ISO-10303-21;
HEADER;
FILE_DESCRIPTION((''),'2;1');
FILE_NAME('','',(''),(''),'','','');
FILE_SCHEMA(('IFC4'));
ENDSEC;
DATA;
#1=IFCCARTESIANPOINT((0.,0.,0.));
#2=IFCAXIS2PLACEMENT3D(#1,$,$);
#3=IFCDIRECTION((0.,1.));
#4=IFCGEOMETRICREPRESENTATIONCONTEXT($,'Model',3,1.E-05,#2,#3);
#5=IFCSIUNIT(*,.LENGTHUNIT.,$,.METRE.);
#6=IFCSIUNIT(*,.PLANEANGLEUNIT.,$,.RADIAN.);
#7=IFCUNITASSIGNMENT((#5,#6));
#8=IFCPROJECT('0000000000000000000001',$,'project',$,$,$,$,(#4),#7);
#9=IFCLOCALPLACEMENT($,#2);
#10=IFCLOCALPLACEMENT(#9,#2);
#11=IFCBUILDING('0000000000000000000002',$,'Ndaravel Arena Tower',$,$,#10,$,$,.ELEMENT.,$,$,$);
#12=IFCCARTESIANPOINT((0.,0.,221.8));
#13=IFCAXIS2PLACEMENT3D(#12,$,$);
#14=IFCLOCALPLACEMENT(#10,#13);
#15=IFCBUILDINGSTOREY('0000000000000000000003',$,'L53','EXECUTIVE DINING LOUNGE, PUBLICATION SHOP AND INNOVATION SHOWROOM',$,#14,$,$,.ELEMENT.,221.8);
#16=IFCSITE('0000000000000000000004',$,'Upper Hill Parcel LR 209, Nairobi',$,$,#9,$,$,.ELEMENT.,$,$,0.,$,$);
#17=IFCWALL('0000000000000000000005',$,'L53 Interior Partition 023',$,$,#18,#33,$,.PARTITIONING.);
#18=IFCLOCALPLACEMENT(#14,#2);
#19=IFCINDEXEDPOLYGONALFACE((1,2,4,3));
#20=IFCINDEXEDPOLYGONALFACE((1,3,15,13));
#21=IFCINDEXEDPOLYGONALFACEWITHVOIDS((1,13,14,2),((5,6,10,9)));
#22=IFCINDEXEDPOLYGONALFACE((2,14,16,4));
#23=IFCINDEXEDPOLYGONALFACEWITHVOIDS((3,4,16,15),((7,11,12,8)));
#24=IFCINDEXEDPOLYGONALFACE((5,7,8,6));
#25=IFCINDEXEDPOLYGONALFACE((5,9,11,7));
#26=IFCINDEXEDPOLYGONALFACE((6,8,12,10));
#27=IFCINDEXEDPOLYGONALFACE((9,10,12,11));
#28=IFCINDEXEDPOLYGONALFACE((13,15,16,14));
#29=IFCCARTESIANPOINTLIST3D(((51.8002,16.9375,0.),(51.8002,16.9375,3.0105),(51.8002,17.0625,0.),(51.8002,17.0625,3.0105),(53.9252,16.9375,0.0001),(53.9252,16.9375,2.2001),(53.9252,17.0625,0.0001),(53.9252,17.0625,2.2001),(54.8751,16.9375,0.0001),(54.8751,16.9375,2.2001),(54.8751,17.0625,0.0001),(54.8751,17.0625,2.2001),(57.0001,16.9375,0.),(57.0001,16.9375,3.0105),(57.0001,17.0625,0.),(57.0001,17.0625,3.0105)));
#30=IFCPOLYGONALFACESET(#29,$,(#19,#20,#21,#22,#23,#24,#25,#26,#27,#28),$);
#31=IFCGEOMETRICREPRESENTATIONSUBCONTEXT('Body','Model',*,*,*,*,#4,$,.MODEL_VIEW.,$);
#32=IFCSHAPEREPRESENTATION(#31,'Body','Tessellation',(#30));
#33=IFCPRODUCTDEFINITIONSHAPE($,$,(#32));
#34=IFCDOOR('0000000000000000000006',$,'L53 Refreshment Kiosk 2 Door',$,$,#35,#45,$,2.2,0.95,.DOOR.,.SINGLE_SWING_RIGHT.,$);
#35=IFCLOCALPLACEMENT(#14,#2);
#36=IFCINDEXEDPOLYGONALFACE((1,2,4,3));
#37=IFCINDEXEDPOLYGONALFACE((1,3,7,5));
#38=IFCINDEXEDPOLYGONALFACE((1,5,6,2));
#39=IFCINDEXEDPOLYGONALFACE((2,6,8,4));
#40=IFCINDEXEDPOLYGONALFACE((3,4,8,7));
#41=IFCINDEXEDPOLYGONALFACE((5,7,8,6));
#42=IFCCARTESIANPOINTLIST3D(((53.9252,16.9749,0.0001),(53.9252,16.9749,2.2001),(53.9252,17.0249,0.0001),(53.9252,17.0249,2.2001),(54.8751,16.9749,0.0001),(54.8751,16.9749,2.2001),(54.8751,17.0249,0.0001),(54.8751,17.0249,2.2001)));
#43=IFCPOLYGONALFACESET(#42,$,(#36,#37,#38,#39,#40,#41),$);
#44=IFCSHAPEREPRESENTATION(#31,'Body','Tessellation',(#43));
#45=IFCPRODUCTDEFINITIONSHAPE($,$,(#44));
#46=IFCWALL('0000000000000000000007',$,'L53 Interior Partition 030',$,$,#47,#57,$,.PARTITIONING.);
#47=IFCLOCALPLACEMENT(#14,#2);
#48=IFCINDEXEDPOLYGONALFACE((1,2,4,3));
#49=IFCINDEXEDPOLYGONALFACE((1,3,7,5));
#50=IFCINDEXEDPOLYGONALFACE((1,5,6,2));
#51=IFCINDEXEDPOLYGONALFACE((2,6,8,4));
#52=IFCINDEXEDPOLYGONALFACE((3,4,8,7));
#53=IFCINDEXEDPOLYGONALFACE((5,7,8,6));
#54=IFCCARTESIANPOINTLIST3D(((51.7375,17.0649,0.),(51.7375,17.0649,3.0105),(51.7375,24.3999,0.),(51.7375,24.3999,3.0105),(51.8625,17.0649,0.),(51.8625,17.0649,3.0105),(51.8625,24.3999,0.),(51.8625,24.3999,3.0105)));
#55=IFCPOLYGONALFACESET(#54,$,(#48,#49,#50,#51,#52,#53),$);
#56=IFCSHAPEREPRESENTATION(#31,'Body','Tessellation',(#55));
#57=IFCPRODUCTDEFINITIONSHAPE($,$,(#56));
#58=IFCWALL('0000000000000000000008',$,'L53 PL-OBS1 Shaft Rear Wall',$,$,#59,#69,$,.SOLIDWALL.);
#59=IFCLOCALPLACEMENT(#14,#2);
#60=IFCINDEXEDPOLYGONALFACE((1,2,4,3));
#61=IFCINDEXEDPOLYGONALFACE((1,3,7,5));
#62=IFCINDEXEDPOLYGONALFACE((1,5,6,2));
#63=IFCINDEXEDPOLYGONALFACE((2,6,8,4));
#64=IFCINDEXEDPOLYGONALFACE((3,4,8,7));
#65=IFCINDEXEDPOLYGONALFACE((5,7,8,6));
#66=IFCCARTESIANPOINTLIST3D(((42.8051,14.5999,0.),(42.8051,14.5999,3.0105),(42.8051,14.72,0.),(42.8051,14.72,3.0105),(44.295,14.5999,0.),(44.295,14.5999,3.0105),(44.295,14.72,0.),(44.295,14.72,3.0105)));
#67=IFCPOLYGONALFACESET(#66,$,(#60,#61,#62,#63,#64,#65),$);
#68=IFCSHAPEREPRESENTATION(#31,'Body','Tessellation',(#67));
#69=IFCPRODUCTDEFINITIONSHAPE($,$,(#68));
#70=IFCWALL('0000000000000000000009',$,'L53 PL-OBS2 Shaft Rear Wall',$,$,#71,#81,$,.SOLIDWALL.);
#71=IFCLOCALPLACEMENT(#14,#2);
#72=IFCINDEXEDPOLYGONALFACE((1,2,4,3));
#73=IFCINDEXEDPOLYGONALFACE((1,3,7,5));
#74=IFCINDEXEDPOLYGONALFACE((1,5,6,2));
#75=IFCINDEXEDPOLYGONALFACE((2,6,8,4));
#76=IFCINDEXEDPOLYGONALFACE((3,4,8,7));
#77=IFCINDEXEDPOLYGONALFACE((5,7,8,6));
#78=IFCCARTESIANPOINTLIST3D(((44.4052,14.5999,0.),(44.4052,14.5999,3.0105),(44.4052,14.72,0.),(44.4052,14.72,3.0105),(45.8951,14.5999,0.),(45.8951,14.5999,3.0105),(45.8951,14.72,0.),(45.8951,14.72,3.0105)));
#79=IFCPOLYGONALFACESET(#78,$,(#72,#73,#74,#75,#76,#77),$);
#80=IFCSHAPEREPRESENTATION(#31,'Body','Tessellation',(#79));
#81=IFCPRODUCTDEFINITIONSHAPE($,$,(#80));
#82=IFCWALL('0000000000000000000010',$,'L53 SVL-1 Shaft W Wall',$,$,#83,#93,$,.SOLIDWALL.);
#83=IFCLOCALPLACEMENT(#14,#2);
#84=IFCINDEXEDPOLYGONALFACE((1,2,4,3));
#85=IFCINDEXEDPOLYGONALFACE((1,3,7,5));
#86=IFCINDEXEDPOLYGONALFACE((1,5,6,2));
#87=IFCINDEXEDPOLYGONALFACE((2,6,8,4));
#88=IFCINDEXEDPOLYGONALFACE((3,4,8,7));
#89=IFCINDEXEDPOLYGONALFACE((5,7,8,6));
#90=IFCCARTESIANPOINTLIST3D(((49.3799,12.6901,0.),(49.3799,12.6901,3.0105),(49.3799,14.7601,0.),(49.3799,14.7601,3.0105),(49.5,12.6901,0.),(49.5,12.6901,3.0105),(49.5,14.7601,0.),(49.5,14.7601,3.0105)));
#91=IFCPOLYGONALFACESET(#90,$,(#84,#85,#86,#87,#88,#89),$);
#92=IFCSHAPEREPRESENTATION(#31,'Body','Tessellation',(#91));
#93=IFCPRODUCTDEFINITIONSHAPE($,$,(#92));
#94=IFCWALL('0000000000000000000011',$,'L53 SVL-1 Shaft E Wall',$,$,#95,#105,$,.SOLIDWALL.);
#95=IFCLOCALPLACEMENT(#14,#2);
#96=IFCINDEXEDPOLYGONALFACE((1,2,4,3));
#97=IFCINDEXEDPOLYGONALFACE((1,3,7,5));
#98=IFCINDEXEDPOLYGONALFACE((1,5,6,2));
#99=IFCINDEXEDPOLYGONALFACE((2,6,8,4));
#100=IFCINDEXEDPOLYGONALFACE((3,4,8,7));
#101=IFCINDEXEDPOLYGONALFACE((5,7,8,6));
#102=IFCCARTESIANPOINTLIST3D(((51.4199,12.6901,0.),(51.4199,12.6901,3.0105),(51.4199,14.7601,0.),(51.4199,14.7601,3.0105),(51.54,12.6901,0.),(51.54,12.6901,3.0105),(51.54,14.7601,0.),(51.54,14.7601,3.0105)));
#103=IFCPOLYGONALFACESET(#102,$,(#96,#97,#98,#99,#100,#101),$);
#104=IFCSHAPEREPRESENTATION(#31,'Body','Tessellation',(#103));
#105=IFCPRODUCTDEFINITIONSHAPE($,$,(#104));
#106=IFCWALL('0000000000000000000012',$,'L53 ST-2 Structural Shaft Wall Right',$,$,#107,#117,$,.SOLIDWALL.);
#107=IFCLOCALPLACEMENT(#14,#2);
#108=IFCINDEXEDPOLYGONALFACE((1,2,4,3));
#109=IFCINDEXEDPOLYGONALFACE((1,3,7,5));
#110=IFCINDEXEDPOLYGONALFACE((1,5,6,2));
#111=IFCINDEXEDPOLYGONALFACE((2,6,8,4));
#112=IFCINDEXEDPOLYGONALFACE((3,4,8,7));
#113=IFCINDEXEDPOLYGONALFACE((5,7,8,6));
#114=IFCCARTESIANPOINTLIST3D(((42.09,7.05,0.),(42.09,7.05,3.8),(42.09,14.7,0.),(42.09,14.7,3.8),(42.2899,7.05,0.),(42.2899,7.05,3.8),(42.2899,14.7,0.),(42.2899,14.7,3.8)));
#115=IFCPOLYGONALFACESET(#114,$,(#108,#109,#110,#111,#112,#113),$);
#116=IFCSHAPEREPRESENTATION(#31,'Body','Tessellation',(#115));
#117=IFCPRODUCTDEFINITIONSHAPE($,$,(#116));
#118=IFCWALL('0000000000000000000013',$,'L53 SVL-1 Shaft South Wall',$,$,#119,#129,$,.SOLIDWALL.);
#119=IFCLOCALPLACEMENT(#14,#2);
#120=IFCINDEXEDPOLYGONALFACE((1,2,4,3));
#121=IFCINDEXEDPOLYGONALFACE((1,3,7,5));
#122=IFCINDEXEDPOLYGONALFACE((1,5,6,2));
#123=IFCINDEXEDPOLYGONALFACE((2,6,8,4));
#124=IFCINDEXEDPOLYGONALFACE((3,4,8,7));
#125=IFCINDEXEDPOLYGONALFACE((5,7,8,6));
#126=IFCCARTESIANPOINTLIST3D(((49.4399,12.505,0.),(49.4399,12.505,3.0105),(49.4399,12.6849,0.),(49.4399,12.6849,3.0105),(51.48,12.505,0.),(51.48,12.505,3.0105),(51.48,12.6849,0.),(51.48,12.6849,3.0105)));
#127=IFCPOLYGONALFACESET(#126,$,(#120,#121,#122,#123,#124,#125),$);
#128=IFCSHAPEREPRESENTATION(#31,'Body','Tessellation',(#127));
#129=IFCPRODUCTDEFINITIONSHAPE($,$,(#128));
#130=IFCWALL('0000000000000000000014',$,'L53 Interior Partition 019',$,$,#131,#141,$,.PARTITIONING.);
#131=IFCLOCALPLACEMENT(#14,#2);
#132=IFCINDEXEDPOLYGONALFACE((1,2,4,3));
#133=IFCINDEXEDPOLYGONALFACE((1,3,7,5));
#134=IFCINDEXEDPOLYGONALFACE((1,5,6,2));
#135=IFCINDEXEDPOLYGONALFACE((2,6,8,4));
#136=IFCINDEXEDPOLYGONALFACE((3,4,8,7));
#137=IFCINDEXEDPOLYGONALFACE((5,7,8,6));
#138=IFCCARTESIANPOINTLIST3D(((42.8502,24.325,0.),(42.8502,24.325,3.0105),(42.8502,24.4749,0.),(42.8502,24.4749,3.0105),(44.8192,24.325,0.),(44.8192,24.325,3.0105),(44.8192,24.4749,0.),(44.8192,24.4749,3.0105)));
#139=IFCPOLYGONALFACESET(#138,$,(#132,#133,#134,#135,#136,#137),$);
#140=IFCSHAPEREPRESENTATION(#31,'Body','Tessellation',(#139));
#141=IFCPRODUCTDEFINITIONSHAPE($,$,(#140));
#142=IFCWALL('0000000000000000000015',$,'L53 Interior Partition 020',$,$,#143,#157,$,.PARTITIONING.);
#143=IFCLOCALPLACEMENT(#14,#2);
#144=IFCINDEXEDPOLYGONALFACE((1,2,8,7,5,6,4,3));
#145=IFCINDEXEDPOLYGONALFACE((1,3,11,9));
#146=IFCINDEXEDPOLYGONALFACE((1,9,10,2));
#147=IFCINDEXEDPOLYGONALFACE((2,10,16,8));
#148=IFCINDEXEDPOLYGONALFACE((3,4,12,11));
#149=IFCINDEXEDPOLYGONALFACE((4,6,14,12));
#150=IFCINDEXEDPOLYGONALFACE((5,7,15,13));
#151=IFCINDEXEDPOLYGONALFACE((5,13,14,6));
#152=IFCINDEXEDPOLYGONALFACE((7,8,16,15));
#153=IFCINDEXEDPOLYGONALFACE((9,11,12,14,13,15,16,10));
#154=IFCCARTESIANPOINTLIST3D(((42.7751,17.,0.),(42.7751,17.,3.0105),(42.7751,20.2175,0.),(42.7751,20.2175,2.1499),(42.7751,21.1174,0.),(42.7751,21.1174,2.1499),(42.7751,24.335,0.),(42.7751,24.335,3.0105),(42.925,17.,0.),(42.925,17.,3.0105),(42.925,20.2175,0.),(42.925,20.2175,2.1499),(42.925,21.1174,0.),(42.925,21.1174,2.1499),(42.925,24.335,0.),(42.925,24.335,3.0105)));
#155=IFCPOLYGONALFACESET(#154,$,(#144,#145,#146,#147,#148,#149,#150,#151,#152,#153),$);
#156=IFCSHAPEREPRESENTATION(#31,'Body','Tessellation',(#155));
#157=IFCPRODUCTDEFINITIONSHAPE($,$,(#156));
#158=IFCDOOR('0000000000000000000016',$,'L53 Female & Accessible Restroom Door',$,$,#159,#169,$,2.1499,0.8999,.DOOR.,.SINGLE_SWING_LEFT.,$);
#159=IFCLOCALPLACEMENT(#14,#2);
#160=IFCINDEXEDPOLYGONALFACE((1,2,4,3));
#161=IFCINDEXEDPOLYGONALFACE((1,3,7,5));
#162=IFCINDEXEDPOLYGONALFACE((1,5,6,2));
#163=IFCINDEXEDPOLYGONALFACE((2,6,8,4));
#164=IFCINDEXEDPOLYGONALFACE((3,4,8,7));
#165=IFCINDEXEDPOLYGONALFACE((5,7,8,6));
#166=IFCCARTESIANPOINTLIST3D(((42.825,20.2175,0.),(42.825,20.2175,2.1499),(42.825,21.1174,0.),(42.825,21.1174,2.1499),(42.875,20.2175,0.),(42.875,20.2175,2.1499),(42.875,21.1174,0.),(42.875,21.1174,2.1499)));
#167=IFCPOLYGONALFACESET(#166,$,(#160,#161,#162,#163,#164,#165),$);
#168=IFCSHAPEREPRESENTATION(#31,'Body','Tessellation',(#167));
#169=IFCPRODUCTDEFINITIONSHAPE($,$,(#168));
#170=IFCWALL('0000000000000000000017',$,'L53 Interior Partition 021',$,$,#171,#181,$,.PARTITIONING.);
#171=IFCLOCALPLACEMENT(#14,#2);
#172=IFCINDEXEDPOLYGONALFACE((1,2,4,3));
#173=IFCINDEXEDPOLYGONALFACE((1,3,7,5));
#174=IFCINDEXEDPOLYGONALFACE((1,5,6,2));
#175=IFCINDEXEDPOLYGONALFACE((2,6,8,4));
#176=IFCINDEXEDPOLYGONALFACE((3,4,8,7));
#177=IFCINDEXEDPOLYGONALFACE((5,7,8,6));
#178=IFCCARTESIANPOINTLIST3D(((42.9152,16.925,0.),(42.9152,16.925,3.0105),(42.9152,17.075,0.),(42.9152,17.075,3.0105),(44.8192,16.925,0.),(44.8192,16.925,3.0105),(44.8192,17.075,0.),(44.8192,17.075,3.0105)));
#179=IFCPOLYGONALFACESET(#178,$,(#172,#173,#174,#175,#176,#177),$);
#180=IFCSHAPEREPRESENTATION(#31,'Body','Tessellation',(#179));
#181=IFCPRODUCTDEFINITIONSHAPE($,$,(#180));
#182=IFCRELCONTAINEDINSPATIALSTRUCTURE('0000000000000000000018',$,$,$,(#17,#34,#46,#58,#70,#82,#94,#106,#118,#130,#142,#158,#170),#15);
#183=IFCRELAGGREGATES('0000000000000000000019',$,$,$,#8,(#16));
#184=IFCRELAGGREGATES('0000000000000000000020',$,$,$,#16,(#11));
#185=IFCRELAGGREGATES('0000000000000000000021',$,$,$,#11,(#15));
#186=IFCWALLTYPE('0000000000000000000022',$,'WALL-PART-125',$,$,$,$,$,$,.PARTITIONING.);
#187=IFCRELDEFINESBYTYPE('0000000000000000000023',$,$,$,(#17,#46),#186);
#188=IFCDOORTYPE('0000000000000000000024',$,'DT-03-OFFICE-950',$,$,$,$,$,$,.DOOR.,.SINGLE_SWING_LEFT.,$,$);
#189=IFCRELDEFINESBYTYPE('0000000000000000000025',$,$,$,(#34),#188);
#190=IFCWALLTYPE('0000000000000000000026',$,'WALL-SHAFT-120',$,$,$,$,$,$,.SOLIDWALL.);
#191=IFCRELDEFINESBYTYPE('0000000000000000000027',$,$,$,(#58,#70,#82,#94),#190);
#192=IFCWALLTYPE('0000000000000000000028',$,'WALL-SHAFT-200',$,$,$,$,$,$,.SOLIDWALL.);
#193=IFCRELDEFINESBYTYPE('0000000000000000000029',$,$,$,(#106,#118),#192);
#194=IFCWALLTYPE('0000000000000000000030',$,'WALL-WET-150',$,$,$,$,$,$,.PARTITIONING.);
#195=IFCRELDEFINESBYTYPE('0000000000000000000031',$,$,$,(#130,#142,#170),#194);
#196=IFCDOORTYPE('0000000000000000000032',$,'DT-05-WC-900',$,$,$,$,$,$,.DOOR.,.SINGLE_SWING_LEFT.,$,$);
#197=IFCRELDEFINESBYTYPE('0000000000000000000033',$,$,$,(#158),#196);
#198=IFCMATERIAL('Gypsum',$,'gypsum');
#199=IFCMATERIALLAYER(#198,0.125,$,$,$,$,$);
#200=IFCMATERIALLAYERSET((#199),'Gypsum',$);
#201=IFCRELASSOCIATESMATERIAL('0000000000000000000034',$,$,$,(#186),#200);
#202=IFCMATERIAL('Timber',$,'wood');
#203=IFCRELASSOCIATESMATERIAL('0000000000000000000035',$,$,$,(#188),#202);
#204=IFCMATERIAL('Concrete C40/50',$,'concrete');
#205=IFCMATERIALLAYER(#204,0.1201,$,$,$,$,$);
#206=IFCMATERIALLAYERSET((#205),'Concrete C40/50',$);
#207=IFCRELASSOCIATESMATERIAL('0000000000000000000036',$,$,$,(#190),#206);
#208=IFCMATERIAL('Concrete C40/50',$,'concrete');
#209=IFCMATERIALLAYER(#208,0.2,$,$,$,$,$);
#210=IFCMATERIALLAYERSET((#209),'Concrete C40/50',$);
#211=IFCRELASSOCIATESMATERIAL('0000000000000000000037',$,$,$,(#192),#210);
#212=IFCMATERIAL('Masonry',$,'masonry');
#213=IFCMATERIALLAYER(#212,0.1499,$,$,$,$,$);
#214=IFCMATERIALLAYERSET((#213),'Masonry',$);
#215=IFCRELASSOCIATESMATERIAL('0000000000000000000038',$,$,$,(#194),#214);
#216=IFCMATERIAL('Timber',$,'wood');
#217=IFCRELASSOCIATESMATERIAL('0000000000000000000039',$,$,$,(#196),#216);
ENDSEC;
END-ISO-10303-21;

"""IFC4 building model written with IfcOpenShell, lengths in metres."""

from ifc_helpers import new_model, si_unit, direction, frame, frame_2d, origin, place, context, subcontext, project, spatial, rectangle, extrude, material, layer, layer_set, type_object, element, fill, save


model = new_model("IFC4")

# Units and contexts
model_context = context("Model", 3, precision=1e-05, world=origin(), true_north=direction((0.0, 1.0)))
body_context = subcontext(model_context, "Body", "Model", "MODEL_VIEW")
ifc_project = project(units=[si_unit("LENGTHUNIT", "METRE"), si_unit("PLANEANGLEUNIT", "RADIAN")], contexts=[model_context])

# Site, building, storey
site_placement = place(None, origin())
site = spatial("IfcSite", under=ifc_project, at=site_placement, Name="Upper Hill Parcel LR 209, Nairobi", CompositionType="ELEMENT", RefElevation=0.0)
building_placement = place(site_placement, origin())
building = spatial("IfcBuilding", under=site, at=building_placement, Name="Ndaravel Arena Tower", CompositionType="ELEMENT")
storey_placement = place(building_placement, frame((0.0, 0.0, 221.8)))
storey = spatial("IfcBuildingStorey", under=building, at=storey_placement, Name="L53", Description="EXECUTIVE DINING LOUNGE, PUBLICATION SHOP AND INNOVATION SHOWROOM", CompositionType="ELEMENT", Elevation=221.8)

# Shared definitions
ifc_material_1 = material(Name="Gypsum", Category="gypsum")
ifc_layer_1 = layer(ifc_material_1, 0.125)
ifc_layer_set_1 = layer_set([ifc_layer_1], Name="Gypsum")
wall_type_1 = type_object("IfcWallType", Name="WALL-PART-125", PredefinedType="PARTITIONING", material=ifc_layer_set_1)

# Wall, opening, door
ifc_material_2 = material(Name="Timber", Category="wood")
door_type_1 = type_object("IfcDoorType", Name="DT-03-OFFICE-950", OperationType="SINGLE_SWING_LEFT", PredefinedType="DOOR", material=ifc_material_2)
wall_1_placement = place(storey_placement, frame((51.8, 17.0, 0.0), z_axis=(0.0, 0.0, 1.0), x_axis=(1.0, 0.0, 0.0)))
wall_1 = element("IfcWall", 1, at=wall_1_placement, inside=storey, type_object=wall_type_1, Name="L53 Interior Partition 023", PredefinedType="PARTITIONING", context=body_context, shape_type="SweptSolid", body=[
    extrude(rectangle(XDim=5.2, YDim=0.125, at=frame_2d((2.6001, 0.0))), origin(), (0.0, 0.0, 1.0), 3.0105),
])
opening_1_placement = place(wall_1_placement, frame((2.125, 0.0, 0.0)))
opening_1 = element("IfcOpeningElement", 2, at=opening_1_placement, cuts=wall_1, PredefinedType="OPENING", context=body_context, shape_type="SweptSolid", body=[
    extrude(rectangle(XDim=0.95, YDim=2.2, at=frame_2d((0.4751, 1.1001))), frame((0.0, 0.0625, 0.0), z_axis=(0.0, -1.0, 0.0), x_axis=(1.0, 0.0, 0.0)), (0.0, 0.0, 1.0), 0.125),
])
door_1_placement = place(opening_1_placement, origin())
door_1 = element("IfcDoor", 3, at=door_1_placement, inside=storey, type_object=door_type_1, Name="L53 Refreshment Kiosk 2 Door", OperationType="SINGLE_SWING_RIGHT", OverallHeight=2.2, OverallWidth=0.95, PredefinedType="DOOR", context=body_context, shape_type="SweptSolid", body=[
    extrude(rectangle(XDim=0.95, YDim=2.2, at=frame_2d((0.4751, 1.1001))), frame((0.0, 0.0249, 0.0), z_axis=(0.0, -1.0, 0.0), x_axis=(1.0, 0.0, 0.0)), (0.0, 0.0, 1.0), 0.05),
])
fill(opening_1, door_1)

# Walls
wall_2_placement = place(storey_placement, frame((51.8, 24.3999, 0.0), z_axis=(0.0, 0.0, 1.0), x_axis=(0.0, -1.0, 0.0)))
element("IfcWall", 4, at=wall_2_placement, inside=storey, type_object=wall_type_1, Name="L53 Interior Partition 030", PredefinedType="PARTITIONING", context=body_context, shape_type="SweptSolid", body=[
    extrude(rectangle(XDim=7.335, YDim=0.125, at=frame_2d((3.6675, 0.0))), origin(), (0.0, 0.0, 1.0), 3.0105),
])
ifc_material_3 = material(Name="Concrete C40/50", Category="concrete")
ifc_layer_2 = layer(ifc_material_3, 0.1201)
ifc_layer_set_2 = layer_set([ifc_layer_2], Name="Concrete C40/50")
wall_type_2 = type_object("IfcWallType", Name="WALL-SHAFT-120", PredefinedType="SOLIDWALL", material=ifc_layer_set_2)
for number, where, z_axis, x_axis, name in (
    (5, (42.8049, 14.6599, 0.0), (0.0, 0.0, 1.0), (1.0, 0.0, 0.0), "L53 PL-OBS1 Shaft Rear Wall"),
    (6, (44.405, 14.6599, 0.0), (0.0, 0.0, 1.0), (1.0, 0.0, 0.0), "L53 PL-OBS2 Shaft Rear Wall"),
):
    element("IfcWall", number, at=place(storey_placement, frame(where, z_axis=z_axis, x_axis=x_axis)), inside=storey, type_object=wall_type_2, Name=name, PredefinedType="SOLIDWALL", context=body_context, shape_type="SweptSolid", body=[
        extrude(rectangle(XDim=1.49, YDim=0.1201, at=frame_2d((0.7451, 0.0))), origin(), (0.0, 0.0, 1.0), 3.0105),
    ])
for number, where, z_axis, x_axis, name in (
    (7, (49.4399, 12.6899, 0.0), (0.0, 0.0, 1.0), (0.0, 1.0, 0.0), "L53 SVL-1 Shaft W Wall"),
    (8, (51.48, 12.6899, 0.0), (0.0, 0.0, 1.0), (0.0, 1.0, 0.0), "L53 SVL-1 Shaft E Wall"),
):
    element("IfcWall", number, at=place(storey_placement, frame(where, z_axis=z_axis, x_axis=x_axis)), inside=storey, type_object=wall_type_2, Name=name, PredefinedType="SOLIDWALL", context=body_context, shape_type="SweptSolid", body=[
        extrude(rectangle(XDim=2.0701, YDim=0.1201, at=frame_2d((1.0352, 0.0))), origin(), (0.0, 0.0, 1.0), 3.0105),
    ])
ifc_material_4 = material(Name="Concrete C40/50", Category="concrete")
ifc_layer_3 = layer(ifc_material_4, 0.2)
ifc_layer_set_3 = layer_set([ifc_layer_3], Name="Concrete C40/50")
wall_type_3 = type_object("IfcWallType", Name="WALL-SHAFT-200", PredefinedType="SOLIDWALL", material=ifc_layer_set_3)
wall_3_placement = place(storey_placement, frame((42.1899, 14.7, 0.0), z_axis=(0.0, 0.0, 1.0), x_axis=(0.0, -1.0, 0.0)))
element("IfcWall", 9, at=wall_3_placement, inside=storey, type_object=wall_type_3, Name="L53 ST-2 Structural Shaft Wall Right", PredefinedType="SOLIDWALL", context=body_context, shape_type="SweptSolid", body=[
    extrude(rectangle(XDim=7.6499, YDim=0.2, at=frame_2d((3.825, 0.0))), origin(), (0.0, 0.0, 1.0), 3.8),
])
wall_4_placement = place(storey_placement, frame((49.4399, 12.595, 0.0), z_axis=(0.0, 0.0, 1.0), x_axis=(1.0, 0.0, 0.0)))
element("IfcWall", 10, at=wall_4_placement, inside=storey, type_object=wall_type_3, Name="L53 SVL-1 Shaft South Wall", PredefinedType="SOLIDWALL", context=body_context, shape_type="SweptSolid", body=[
    extrude(rectangle(XDim=2.04, YDim=0.1799, at=frame_2d((1.02, 0.0))), origin(), (0.0, 0.0, 1.0), 3.0105),
])
ifc_material_5 = material(Name="Masonry", Category="masonry")
ifc_layer_4 = layer(ifc_material_5, 0.1499)
ifc_layer_set_4 = layer_set([ifc_layer_4], Name="Masonry")
wall_type_4 = type_object("IfcWallType", Name="WALL-WET-150", PredefinedType="PARTITIONING", material=ifc_layer_set_4)
wall_5_placement = place(storey_placement, frame((44.8191, 24.3999, 0.0), z_axis=(0.0, 0.0, 1.0), x_axis=(-1.0, 0.0, 0.0)))
element("IfcWall", 11, at=wall_5_placement, inside=storey, type_object=wall_type_4, Name="L53 Interior Partition 019", PredefinedType="PARTITIONING", context=body_context, shape_type="SweptSolid", body=[
    extrude(rectangle(XDim=1.969, YDim=0.1499, at=frame_2d((0.9844, 0.0))), origin(), (0.0, 0.0, 1.0), 3.0105),
])

# Wall, opening, door
wall_6_placement = place(storey_placement, frame((42.8501, 24.335, 0.0), z_axis=(0.0, 0.0, 1.0), x_axis=(0.0, -1.0, 0.0)))
wall_6 = element("IfcWall", 12, at=wall_6_placement, inside=storey, type_object=wall_type_4, Name="L53 Interior Partition 020", PredefinedType="PARTITIONING", context=body_context, shape_type="SweptSolid", body=[
    extrude(rectangle(XDim=7.335, YDim=0.1499, at=frame_2d((3.6675, 0.0))), origin(), (0.0, 0.0, 1.0), 3.0105),
])
opening_2_placement = place(wall_6_placement, frame((3.2175, 0.0, 0.0)))
opening_2 = element("IfcOpeningElement", 13, at=opening_2_placement, cuts=wall_6, PredefinedType="OPENING", context=body_context, shape_type="SweptSolid", body=[
    extrude(rectangle(XDim=0.8999, YDim=2.1499, at=frame_2d((0.45, 1.075))), frame((0.0, 0.075, 0.0), z_axis=(0.0, -1.0, 0.0), x_axis=(1.0, 0.0, 0.0)), (0.0, 0.0, 1.0), 0.1499),
])
ifc_material_6 = material(Name="Timber", Category="wood")
door_type_2 = type_object("IfcDoorType", Name="DT-05-WC-900", OperationType="SINGLE_SWING_LEFT", PredefinedType="DOOR", material=ifc_material_6)
door_2_placement = place(opening_2_placement, origin())
door_2 = element("IfcDoor", 14, at=door_2_placement, inside=storey, type_object=door_type_2, Name="L53 Female & Accessible Restroom Door", OperationType="SINGLE_SWING_LEFT", OverallHeight=2.1499, OverallWidth=0.8999, PredefinedType="DOOR", context=body_context, shape_type="SweptSolid", body=[
    extrude(rectangle(XDim=0.8999, YDim=2.1499, at=frame_2d((0.45, 1.075))), frame((0.0, 0.0249, 0.0), z_axis=(0.0, -1.0, 0.0), x_axis=(1.0, 0.0, 0.0)), (0.0, 0.0, 1.0), 0.05),
])
fill(opening_2, door_2)

# Wall
wall_7_placement = place(storey_placement, frame((42.915, 17.0, 0.0), z_axis=(0.0, 0.0, 1.0), x_axis=(1.0, 0.0, 0.0)))
element("IfcWall", 15, at=wall_7_placement, inside=storey, type_object=wall_type_4, Name="L53 Interior Partition 021", PredefinedType="PARTITIONING", context=body_context, shape_type="SweptSolid", body=[
    extrude(rectangle(XDim=1.9041, YDim=0.1499, at=frame_2d((0.9521, 0.0))), origin(), (0.0, 0.0, 1.0), 3.0105),
])

save(model, "model.ifc")
